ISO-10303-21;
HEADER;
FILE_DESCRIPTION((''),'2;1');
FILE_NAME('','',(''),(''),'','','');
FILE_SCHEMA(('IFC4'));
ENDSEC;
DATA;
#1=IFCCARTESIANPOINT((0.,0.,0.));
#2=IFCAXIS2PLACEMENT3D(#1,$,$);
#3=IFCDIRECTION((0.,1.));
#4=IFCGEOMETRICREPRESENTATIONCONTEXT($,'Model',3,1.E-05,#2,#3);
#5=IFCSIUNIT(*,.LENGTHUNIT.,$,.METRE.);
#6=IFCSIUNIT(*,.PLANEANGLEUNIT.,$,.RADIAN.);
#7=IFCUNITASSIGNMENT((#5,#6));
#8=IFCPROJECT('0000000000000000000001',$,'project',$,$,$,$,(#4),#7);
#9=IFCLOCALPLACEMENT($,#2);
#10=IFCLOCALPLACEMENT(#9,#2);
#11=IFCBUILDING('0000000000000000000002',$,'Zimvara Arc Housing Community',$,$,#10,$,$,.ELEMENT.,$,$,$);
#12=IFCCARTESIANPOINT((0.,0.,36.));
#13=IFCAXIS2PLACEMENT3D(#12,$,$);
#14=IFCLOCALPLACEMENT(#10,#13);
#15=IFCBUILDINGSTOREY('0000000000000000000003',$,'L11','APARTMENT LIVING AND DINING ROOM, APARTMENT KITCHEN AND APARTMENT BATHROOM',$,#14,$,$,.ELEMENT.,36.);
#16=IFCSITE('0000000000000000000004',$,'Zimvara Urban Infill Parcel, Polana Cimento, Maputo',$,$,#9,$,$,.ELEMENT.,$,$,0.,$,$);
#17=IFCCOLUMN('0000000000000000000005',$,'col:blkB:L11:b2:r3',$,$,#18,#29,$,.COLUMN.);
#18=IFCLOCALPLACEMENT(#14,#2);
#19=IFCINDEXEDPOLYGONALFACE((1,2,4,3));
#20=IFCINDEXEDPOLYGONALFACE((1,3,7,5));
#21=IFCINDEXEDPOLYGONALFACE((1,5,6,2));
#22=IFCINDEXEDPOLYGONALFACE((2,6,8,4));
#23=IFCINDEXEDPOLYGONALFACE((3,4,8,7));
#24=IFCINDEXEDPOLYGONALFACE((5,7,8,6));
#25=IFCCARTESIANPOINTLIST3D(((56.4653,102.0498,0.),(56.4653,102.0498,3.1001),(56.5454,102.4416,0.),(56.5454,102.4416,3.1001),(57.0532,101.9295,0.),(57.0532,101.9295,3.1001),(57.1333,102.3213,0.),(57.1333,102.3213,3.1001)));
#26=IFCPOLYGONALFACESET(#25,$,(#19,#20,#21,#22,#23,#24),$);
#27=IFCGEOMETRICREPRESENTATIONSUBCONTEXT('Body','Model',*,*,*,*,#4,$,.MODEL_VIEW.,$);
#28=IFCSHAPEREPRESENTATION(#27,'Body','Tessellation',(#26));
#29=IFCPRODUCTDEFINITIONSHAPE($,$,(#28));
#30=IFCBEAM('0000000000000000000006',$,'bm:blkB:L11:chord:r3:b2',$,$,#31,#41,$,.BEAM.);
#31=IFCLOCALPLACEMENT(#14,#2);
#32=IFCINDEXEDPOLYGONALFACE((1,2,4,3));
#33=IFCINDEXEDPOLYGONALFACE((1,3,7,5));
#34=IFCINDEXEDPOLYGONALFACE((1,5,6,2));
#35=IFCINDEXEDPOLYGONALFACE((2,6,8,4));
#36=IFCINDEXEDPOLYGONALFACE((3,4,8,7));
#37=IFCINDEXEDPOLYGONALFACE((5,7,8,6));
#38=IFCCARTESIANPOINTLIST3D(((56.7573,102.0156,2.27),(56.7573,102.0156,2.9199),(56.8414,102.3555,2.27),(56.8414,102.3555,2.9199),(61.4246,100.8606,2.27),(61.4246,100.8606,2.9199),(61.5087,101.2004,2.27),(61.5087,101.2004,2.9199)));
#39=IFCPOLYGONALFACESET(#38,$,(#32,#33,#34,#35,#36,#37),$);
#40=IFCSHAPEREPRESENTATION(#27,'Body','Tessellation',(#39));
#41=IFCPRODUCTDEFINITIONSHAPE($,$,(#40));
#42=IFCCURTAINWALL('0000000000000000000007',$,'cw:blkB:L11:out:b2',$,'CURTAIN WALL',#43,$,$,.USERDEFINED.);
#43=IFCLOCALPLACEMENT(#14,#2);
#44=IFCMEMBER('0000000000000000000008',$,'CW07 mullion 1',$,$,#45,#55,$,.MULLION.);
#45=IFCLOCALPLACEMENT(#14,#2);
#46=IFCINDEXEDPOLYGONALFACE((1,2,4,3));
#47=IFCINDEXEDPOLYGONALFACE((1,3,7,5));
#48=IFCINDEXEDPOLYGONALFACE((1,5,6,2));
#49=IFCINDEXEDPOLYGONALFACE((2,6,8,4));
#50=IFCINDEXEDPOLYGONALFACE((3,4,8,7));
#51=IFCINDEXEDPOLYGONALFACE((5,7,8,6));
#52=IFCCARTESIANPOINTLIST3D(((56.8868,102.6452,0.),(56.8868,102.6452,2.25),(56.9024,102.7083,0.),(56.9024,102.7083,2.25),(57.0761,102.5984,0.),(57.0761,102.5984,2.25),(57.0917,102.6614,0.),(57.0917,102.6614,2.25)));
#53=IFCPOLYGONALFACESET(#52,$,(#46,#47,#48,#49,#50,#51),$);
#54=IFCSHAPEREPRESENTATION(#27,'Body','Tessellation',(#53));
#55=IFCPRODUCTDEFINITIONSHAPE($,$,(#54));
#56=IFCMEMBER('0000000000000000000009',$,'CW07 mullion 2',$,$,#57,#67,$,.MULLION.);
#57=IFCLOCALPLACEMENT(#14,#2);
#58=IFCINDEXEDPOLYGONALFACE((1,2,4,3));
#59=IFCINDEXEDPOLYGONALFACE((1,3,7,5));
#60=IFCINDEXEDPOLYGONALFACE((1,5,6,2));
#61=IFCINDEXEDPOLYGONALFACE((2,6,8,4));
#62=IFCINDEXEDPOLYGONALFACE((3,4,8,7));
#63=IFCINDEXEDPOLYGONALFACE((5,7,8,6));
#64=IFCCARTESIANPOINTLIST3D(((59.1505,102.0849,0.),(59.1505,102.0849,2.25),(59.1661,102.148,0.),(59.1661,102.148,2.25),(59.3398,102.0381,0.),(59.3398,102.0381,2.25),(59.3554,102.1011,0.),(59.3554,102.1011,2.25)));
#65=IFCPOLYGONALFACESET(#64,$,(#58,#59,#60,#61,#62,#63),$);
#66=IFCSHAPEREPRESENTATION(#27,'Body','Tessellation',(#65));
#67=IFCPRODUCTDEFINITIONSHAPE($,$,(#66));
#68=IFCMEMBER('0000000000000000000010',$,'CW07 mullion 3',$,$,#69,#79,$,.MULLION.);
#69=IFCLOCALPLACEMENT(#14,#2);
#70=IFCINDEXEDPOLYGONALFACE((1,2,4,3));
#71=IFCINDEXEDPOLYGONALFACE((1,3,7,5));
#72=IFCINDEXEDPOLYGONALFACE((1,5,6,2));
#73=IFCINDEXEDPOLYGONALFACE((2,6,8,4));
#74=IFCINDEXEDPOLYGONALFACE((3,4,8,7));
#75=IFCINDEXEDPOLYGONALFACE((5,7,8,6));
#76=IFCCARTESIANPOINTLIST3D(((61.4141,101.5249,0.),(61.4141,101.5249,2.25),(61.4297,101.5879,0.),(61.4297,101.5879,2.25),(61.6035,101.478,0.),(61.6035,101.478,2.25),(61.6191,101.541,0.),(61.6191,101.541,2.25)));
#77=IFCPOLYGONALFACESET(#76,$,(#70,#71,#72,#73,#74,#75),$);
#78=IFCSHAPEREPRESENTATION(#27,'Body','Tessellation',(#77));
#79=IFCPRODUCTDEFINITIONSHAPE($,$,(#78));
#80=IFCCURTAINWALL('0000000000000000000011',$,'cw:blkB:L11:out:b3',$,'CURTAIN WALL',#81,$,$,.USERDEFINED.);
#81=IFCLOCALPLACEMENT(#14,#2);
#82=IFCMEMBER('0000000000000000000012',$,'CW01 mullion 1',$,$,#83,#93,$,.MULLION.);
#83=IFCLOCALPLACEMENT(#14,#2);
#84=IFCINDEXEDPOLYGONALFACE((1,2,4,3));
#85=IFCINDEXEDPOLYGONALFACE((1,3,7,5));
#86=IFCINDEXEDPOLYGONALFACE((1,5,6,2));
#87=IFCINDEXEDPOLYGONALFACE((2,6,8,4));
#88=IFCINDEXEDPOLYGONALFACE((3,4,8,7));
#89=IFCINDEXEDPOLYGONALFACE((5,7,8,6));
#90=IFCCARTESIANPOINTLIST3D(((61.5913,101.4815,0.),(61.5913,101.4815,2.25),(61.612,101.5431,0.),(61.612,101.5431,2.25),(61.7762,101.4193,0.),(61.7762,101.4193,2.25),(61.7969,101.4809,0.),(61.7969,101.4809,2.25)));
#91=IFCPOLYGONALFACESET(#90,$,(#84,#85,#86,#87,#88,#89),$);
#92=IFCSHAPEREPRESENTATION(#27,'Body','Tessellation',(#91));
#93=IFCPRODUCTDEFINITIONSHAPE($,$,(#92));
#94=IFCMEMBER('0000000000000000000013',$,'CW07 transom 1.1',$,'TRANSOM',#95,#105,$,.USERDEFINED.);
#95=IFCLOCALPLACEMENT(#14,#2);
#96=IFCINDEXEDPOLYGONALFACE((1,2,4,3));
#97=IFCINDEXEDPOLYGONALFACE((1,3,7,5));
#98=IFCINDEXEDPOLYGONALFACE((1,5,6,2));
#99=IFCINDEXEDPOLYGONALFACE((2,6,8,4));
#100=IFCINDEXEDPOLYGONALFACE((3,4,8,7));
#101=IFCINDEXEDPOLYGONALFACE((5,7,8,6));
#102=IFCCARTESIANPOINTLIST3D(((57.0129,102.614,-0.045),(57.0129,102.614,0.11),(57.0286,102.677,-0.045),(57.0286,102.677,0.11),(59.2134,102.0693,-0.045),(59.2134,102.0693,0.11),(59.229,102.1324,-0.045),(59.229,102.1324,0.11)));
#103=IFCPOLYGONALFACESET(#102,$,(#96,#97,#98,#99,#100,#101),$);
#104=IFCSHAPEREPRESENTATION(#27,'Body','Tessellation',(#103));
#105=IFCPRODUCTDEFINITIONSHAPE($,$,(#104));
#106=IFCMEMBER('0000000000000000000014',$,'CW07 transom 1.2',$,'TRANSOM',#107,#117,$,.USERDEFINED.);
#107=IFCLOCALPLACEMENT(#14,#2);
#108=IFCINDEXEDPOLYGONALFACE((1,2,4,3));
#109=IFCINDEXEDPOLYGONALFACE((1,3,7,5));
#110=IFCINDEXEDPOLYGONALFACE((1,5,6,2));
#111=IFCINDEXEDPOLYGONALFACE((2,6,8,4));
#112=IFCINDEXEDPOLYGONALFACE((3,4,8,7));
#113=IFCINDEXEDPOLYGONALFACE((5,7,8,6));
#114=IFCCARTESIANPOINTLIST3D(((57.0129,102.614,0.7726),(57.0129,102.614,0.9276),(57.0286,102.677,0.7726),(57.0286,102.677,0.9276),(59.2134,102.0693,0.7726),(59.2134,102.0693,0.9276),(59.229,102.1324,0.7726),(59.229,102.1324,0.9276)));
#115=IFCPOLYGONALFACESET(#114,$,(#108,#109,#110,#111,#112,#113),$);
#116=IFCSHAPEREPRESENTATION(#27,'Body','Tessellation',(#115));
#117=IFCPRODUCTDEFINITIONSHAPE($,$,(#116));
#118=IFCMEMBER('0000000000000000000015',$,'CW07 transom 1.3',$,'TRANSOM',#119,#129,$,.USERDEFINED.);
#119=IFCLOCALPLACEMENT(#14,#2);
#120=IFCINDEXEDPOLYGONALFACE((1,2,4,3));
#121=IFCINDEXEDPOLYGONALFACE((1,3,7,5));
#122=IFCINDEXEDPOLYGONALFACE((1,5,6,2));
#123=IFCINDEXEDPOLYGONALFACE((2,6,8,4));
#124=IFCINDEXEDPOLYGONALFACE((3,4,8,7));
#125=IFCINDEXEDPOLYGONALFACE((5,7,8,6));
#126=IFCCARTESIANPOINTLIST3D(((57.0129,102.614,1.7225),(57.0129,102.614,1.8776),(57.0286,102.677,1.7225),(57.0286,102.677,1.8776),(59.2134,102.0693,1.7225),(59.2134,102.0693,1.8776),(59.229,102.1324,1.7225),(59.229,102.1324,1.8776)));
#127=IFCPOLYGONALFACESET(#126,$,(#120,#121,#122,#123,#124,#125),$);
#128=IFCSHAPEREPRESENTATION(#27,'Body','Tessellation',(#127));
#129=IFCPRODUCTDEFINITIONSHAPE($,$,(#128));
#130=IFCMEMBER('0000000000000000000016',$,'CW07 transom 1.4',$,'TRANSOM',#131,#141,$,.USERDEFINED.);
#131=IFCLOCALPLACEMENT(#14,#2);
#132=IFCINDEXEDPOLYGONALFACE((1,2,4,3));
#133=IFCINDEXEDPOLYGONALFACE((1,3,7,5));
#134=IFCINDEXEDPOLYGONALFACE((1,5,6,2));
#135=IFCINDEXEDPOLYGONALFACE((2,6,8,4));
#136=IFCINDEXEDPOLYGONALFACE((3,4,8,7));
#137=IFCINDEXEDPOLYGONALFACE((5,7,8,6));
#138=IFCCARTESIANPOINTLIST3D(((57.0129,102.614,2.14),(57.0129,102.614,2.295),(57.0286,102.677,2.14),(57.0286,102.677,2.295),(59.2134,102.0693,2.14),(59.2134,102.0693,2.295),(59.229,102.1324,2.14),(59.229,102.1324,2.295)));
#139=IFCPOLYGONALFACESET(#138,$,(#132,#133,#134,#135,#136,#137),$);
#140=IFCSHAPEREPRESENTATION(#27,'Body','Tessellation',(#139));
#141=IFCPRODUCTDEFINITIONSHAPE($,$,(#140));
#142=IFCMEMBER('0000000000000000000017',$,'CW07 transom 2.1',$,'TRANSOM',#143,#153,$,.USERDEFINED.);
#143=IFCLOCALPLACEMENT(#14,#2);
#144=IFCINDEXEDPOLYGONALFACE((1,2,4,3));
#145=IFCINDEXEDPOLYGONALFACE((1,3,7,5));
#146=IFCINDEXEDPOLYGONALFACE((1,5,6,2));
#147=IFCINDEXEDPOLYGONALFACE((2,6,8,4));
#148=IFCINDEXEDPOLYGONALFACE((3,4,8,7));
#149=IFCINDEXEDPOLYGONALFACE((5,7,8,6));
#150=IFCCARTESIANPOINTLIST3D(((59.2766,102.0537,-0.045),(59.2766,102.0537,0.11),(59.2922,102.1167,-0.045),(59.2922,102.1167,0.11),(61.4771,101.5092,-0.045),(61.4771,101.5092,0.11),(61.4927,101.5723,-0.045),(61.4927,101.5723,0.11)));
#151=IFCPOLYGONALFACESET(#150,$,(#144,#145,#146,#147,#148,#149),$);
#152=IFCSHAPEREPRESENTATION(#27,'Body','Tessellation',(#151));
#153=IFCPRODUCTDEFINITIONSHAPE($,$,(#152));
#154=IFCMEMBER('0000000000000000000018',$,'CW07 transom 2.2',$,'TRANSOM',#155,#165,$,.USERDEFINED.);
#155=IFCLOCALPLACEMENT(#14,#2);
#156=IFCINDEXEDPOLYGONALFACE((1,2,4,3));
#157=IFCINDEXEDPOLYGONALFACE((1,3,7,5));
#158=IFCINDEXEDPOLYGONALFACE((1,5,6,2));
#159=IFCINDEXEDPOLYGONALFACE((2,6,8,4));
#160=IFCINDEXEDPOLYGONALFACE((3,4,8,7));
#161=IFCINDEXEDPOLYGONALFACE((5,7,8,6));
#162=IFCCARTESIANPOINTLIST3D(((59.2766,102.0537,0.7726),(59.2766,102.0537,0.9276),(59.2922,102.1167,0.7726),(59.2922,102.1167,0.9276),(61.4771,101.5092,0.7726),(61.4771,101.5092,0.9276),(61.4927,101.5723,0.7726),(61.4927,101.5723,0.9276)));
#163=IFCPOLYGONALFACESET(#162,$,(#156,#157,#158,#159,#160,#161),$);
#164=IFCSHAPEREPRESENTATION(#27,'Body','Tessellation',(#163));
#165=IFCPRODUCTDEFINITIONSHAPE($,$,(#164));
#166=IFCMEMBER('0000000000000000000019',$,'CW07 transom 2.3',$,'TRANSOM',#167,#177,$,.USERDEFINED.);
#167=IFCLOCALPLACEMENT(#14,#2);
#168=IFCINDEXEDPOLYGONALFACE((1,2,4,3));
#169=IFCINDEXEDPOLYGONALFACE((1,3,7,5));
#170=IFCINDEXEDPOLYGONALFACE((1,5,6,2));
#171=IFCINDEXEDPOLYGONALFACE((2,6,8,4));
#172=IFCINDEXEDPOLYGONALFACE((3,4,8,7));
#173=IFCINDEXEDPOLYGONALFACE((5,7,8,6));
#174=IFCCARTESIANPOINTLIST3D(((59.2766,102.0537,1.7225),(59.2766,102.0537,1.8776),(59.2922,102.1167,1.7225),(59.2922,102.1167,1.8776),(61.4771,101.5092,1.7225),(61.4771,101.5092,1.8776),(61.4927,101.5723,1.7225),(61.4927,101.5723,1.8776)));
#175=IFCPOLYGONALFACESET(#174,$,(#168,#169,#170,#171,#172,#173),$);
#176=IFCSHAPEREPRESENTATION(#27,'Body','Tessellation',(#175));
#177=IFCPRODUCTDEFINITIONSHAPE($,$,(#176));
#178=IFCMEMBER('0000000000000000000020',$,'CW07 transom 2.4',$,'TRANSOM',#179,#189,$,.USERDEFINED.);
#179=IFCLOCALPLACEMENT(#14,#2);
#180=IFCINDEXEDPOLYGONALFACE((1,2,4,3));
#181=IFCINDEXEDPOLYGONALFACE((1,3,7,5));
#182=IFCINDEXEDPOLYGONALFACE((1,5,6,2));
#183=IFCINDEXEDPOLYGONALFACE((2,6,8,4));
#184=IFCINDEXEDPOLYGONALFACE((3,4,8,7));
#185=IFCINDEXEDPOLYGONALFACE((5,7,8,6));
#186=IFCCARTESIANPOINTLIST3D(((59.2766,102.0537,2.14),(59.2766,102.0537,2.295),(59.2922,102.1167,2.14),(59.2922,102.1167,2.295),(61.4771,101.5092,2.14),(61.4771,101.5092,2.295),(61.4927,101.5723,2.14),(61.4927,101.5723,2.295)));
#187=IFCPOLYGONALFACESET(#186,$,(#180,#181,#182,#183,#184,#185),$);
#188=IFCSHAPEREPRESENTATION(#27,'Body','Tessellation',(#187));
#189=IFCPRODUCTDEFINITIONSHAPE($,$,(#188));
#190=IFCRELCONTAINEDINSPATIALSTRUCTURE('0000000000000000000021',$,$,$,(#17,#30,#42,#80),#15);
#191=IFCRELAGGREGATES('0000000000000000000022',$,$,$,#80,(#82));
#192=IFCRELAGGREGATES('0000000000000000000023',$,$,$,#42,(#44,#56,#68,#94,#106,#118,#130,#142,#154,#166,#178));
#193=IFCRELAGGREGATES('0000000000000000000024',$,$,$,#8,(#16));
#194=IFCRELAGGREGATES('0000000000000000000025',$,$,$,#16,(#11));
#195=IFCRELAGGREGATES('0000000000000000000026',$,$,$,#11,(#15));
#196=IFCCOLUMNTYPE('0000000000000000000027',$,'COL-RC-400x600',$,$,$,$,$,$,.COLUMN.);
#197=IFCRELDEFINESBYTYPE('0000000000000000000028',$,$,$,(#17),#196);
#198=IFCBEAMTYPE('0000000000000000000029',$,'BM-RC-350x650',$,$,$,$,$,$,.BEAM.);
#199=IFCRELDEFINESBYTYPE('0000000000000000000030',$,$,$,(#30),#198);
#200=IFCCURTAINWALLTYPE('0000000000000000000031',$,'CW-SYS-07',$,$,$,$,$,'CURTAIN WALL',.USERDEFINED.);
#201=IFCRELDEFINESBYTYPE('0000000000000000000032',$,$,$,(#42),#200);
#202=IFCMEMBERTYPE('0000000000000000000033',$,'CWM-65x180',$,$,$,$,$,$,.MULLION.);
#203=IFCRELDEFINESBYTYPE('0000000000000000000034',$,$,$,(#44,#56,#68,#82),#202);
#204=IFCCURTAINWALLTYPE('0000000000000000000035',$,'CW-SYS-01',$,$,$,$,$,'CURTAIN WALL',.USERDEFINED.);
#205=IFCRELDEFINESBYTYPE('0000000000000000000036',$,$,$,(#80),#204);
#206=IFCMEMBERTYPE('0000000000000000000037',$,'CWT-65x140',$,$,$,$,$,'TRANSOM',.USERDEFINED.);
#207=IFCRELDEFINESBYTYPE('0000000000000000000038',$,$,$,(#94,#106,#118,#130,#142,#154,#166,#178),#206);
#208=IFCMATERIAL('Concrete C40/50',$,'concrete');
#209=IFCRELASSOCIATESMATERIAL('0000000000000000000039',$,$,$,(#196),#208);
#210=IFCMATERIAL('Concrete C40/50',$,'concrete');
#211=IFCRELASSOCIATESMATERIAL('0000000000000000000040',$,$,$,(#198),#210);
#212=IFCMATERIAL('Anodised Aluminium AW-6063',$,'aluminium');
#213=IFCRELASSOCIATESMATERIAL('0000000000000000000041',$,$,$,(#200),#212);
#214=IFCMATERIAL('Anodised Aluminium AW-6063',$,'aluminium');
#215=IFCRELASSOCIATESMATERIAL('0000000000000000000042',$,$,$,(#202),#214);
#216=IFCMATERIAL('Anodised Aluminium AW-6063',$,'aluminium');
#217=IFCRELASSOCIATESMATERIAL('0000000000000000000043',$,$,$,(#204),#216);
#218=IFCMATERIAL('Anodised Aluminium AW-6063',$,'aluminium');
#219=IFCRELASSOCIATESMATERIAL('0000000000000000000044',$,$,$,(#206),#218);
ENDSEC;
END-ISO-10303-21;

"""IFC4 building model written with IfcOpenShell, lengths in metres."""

from ifc_helpers import new_model, si_unit, direction, frame, origin, origin_2d, place, context, subcontext, project, spatial, rectangle, extrude, material, material_profile, profile_set, type_object, element, aggregate, save


model = new_model("IFC4")

# Units and contexts
model_context = context("Model", 3, precision=1e-05, world=origin(), true_north=direction((0.0, 1.0)))
body_context = subcontext(model_context, "Body", "Model", "MODEL_VIEW")
ifc_project = project(units=[si_unit("LENGTHUNIT", "METRE"), si_unit("PLANEANGLEUNIT", "RADIAN")], contexts=[model_context])

# Site, building, storey
site_placement = place(None, origin())
site = spatial("IfcSite", under=ifc_project, at=site_placement, Name="Zimvara Urban Infill Parcel, Polana Cimento, Maputo", CompositionType="ELEMENT", RefElevation=0.0)
building_placement = place(site_placement, origin())
building = spatial("IfcBuilding", under=site, at=building_placement, Name="Zimvara Arc Housing Community", CompositionType="ELEMENT")
storey_placement = place(building_placement, frame((0.0, 0.0, 36.0)))
storey = spatial("IfcBuildingStorey", under=building, at=storey_placement, Name="L11", Description="APARTMENT LIVING AND DINING ROOM, APARTMENT KITCHEN AND APARTMENT BATHROOM", CompositionType="ELEMENT", Elevation=36.0)

# Column
ifc_material_1 = material(Name="Concrete C40/50", Category="concrete")
ifc_material_profile_1 = material_profile(ifc_material_1, rectangle(XDim=0.3999, YDim=0.6001, at=origin_2d()), Name="RC 400x600")
ifc_profile_set_1 = profile_set([ifc_material_profile_1], Name="Concrete C40/50")
column_type = type_object("IfcColumnType", Name="COL-RC-400x600", PredefinedType="COLUMN", material=ifc_profile_set_1)
column_placement = place(storey_placement, frame((56.7993, 102.1855, 0.0), z_axis=(0.0, 0.0, 1.0), x_axis=(0.200394, 0.979715, 0.0)))
element("IfcColumn", 1, at=column_placement, inside=storey, type_object=column_type, Name="col:blkB:L11:b2:r3", PredefinedType="COLUMN", context=body_context, shape_type="SweptSolid", body=[
    extrude(rectangle(XDim=0.3999, YDim=0.6001, at=origin_2d()), origin(), (0.0, 0.0, 1.0), 3.1001),
])

# Beam
ifc_material_2 = material(Name="Concrete C40/50", Category="concrete")
ifc_material_profile_2 = material_profile(ifc_material_2, rectangle(XDim=0.3501, YDim=0.6499, at=origin_2d()), Name="RC 350x650")
ifc_profile_set_2 = profile_set([ifc_material_profile_2], Name="Concrete C40/50")
beam_type = type_object("IfcBeamType", Name="BM-RC-350x650", PredefinedType="BEAM", material=ifc_profile_set_2)
beam_placement = place(storey_placement, frame((56.7993, 102.1855, 2.595), z_axis=(0.970716, -0.240229, 0.0), x_axis=(0.240229, 0.970716, 0.0)))
element("IfcBeam", 2, at=beam_placement, inside=storey, type_object=beam_type, Name="bm:blkB:L11:chord:r3:b2", PredefinedType="BEAM", context=body_context, shape_type="SweptSolid", body=[
    extrude(rectangle(XDim=0.3501, YDim=0.6499, at=origin_2d()), origin(), (0.0, 0.0, 1.0), 4.8081),
])

# Curtain wall, members
ifc_material_3 = material(Name="Anodised Aluminium AW-6063", Category="aluminium")
curtain_wall_type_1 = type_object("IfcCurtainWallType", Name="CW-SYS-07", ElementType="CURTAIN WALL", PredefinedType="USERDEFINED", material=ifc_material_3)
curtain_wall_1_placement = place(storey_placement, origin())
curtain_wall_1 = element("IfcCurtainWall", 3, at=curtain_wall_1_placement, inside=storey, type_object=curtain_wall_type_1, Name="cw:blkB:L11:out:b2", ObjectType="CURTAIN WALL", PredefinedType="USERDEFINED")
ifc_material_4 = material(Name="Anodised Aluminium AW-6063", Category="aluminium")
ifc_material_profile_3 = material_profile(ifc_material_4, rectangle(XDim=0.0649, YDim=0.1951, at=origin_2d()), Name="ALU 65x195")
ifc_profile_set_3 = profile_set([ifc_material_profile_3], Name="Anodised Aluminium AW-6063")
member_type_1 = type_object("IfcMemberType", Name="CWM-65x180", PredefinedType="MULLION", material=ifc_profile_set_3)
member_1_placement = place(storey_placement, frame((56.9893, 102.6533, 0.0), z_axis=(0.0, 0.0, 1.0), x_axis=(0.24023, 0.970716, 0.0)))
member_1 = element("IfcMember", 4, at=member_1_placement, type_object=member_type_1, Name="CW07 mullion 1", PredefinedType="MULLION", context=body_context, shape_type="SweptSolid", body=[
    extrude(rectangle(XDim=0.0649, YDim=0.1951, at=origin_2d()), origin(), (0.0, 0.0, 1.0), 2.25),
])
member_2_placement = place(storey_placement, frame((59.2529, 102.093, 0.0), z_axis=(0.0, 0.0, 1.0), x_axis=(0.24023, 0.970716, 0.0)))
member_2 = element("IfcMember", 5, at=member_2_placement, type_object=member_type_1, Name="CW07 mullion 2", PredefinedType="MULLION", context=body_context, shape_type="SweptSolid", body=[
    extrude(rectangle(XDim=0.0649, YDim=0.1951, at=origin_2d()), origin(), (0.0, 0.0, 1.0), 2.25),
])
member_3_placement = place(storey_placement, frame((61.5166, 101.533, 0.0), z_axis=(0.0, 0.0, 1.0), x_axis=(0.24023, 0.970716, 0.0)))
member_3 = element("IfcMember", 6, at=member_3_placement, type_object=member_type_1, Name="CW07 mullion 3", PredefinedType="MULLION", context=body_context, shape_type="SweptSolid", body=[
    extrude(rectangle(XDim=0.0649, YDim=0.1951, at=origin_2d()), origin(), (0.0, 0.0, 1.0), 2.25),
])

# Curtain wall, member
ifc_material_5 = material(Name="Anodised Aluminium AW-6063", Category="aluminium")
curtain_wall_type_2 = type_object("IfcCurtainWallType", Name="CW-SYS-01", ElementType="CURTAIN WALL", PredefinedType="USERDEFINED", material=ifc_material_5)
curtain_wall_2_placement = place(storey_placement, origin())
curtain_wall_2 = element("IfcCurtainWall", 7, at=curtain_wall_2_placement, inside=storey, type_object=curtain_wall_type_2, Name="cw:blkB:L11:out:b3", ObjectType="CURTAIN WALL", PredefinedType="USERDEFINED")
member_4_placement = place(storey_placement, frame((61.6941, 101.4812, 0.0), z_axis=(0.0, 0.0, 1.0), x_axis=(0.318629, 0.94788, 0.0)))
member_4 = element("IfcMember", 8, at=member_4_placement, type_object=member_type_1, Name="CW01 mullion 1", PredefinedType="MULLION", context=body_context, shape_type="SweptSolid", body=[
    extrude(rectangle(XDim=0.0649, YDim=0.1951, at=origin_2d()), origin(), (0.0, 0.0, 1.0), 2.25),
])

# Members
ifc_material_6 = material(Name="Anodised Aluminium AW-6063", Category="aluminium")
ifc_material_profile_4 = material_profile(ifc_material_6, rectangle(XDim=0.0649, YDim=0.155, at=origin_2d()), Name="ALU 65x155")
ifc_profile_set_4 = profile_set([ifc_material_profile_4], Name="Anodised Aluminium AW-6063")
member_type_2 = type_object("IfcMemberType", Name="CWT-65x140", ElementType="TRANSOM", PredefinedType="USERDEFINED", material=ifc_profile_set_4)
member_5_placement = place(storey_placement, frame((57.0208, 102.6455, 0.0325), z_axis=(0.970704, -0.24028, 0.0), x_axis=(0.24028, 0.970704, 0.0)))
member_5 = element("IfcMember", 9, at=member_5_placement, type_object=member_type_2, Name="CW07 transom 1.1", ObjectType="TRANSOM", PredefinedType="USERDEFINED", context=body_context, shape_type="SweptSolid", body=[
    extrude(rectangle(XDim=0.0649, YDim=0.155, at=origin_2d()), origin(), (0.0, 0.0, 1.0), 2.2668),
])
member_6_placement = place(storey_placement, frame((57.0208, 102.6455, 0.8501), z_axis=(0.970704, -0.24028, 0.0), x_axis=(0.24028, 0.970704, 0.0)))
member_6 = element("IfcMember", 10, at=member_6_placement, type_object=member_type_2, Name="CW07 transom 1.2", ObjectType="TRANSOM", PredefinedType="USERDEFINED", context=body_context, shape_type="SweptSolid", body=[
    extrude(rectangle(XDim=0.0649, YDim=0.155, at=origin_2d()), origin(), (0.0, 0.0, 1.0), 2.2668),
])
member_7_placement = place(storey_placement, frame((57.0208, 102.6455, 1.8), z_axis=(0.970704, -0.24028, 0.0), x_axis=(0.24028, 0.970704, 0.0)))
member_7 = element("IfcMember", 11, at=member_7_placement, type_object=member_type_2, Name="CW07 transom 1.3", ObjectType="TRANSOM", PredefinedType="USERDEFINED", context=body_context, shape_type="SweptSolid", body=[
    extrude(rectangle(XDim=0.0649, YDim=0.155, at=origin_2d()), origin(), (0.0, 0.0, 1.0), 2.2668),
])
member_8_placement = place(storey_placement, frame((57.0208, 102.6455, 2.2175), z_axis=(0.970704, -0.24028, 0.0), x_axis=(0.24028, 0.970704, 0.0)))
member_8 = element("IfcMember", 12, at=member_8_placement, type_object=member_type_2, Name="CW07 transom 1.4", ObjectType="TRANSOM", PredefinedType="USERDEFINED", context=body_context, shape_type="SweptSolid", body=[
    extrude(rectangle(XDim=0.0649, YDim=0.155, at=origin_2d()), origin(), (0.0, 0.0, 1.0), 2.2668),
])
member_9_placement = place(storey_placement, frame((59.2844, 102.0852, 0.0325), z_axis=(0.970729, -0.240178, 0.0), x_axis=(0.240178, 0.970729, 0.0)))
member_9 = element("IfcMember", 13, at=member_9_placement, type_object=member_type_2, Name="CW07 transom 2.1", ObjectType="TRANSOM", PredefinedType="USERDEFINED", context=body_context, shape_type="SweptSolid", body=[
    extrude(rectangle(XDim=0.0649, YDim=0.155, at=origin_2d()), origin(), (0.0, 0.0, 1.0), 2.2668),
])
member_10_placement = place(storey_placement, frame((59.2844, 102.0852, 0.8501), z_axis=(0.970729, -0.240178, 0.0), x_axis=(0.240178, 0.970729, 0.0)))
member_10 = element("IfcMember", 14, at=member_10_placement, type_object=member_type_2, Name="CW07 transom 2.2", ObjectType="TRANSOM", PredefinedType="USERDEFINED", context=body_context, shape_type="SweptSolid", body=[
    extrude(rectangle(XDim=0.0649, YDim=0.155, at=origin_2d()), origin(), (0.0, 0.0, 1.0), 2.2668),
])
member_11_placement = place(storey_placement, frame((59.2844, 102.0852, 1.8), z_axis=(0.970729, -0.240178, 0.0), x_axis=(0.240178, 0.970729, 0.0)))
member_11 = element("IfcMember", 15, at=member_11_placement, type_object=member_type_2, Name="CW07 transom 2.3", ObjectType="TRANSOM", PredefinedType="USERDEFINED", context=body_context, shape_type="SweptSolid", body=[
    extrude(rectangle(XDim=0.0649, YDim=0.155, at=origin_2d()), origin(), (0.0, 0.0, 1.0), 2.2668),
])
member_12_placement = place(storey_placement, frame((59.2844, 102.0852, 2.2175), z_axis=(0.970729, -0.240178, 0.0), x_axis=(0.240178, 0.970729, 0.0)))
member_12 = element("IfcMember", 16, at=member_12_placement, type_object=member_type_2, Name="CW07 transom 2.4", ObjectType="TRANSOM", PredefinedType="USERDEFINED", context=body_context, shape_type="SweptSolid", body=[
    extrude(rectangle(XDim=0.0649, YDim=0.155, at=origin_2d()), origin(), (0.0, 0.0, 1.0), 2.2668),
])
aggregate(curtain_wall_2, [member_4])

aggregate(curtain_wall_1, [member_1, member_2, member_3, member_5, member_6, member_7, member_8, member_9, member_10, member_11, member_12])

save(model, "model.ifc")
